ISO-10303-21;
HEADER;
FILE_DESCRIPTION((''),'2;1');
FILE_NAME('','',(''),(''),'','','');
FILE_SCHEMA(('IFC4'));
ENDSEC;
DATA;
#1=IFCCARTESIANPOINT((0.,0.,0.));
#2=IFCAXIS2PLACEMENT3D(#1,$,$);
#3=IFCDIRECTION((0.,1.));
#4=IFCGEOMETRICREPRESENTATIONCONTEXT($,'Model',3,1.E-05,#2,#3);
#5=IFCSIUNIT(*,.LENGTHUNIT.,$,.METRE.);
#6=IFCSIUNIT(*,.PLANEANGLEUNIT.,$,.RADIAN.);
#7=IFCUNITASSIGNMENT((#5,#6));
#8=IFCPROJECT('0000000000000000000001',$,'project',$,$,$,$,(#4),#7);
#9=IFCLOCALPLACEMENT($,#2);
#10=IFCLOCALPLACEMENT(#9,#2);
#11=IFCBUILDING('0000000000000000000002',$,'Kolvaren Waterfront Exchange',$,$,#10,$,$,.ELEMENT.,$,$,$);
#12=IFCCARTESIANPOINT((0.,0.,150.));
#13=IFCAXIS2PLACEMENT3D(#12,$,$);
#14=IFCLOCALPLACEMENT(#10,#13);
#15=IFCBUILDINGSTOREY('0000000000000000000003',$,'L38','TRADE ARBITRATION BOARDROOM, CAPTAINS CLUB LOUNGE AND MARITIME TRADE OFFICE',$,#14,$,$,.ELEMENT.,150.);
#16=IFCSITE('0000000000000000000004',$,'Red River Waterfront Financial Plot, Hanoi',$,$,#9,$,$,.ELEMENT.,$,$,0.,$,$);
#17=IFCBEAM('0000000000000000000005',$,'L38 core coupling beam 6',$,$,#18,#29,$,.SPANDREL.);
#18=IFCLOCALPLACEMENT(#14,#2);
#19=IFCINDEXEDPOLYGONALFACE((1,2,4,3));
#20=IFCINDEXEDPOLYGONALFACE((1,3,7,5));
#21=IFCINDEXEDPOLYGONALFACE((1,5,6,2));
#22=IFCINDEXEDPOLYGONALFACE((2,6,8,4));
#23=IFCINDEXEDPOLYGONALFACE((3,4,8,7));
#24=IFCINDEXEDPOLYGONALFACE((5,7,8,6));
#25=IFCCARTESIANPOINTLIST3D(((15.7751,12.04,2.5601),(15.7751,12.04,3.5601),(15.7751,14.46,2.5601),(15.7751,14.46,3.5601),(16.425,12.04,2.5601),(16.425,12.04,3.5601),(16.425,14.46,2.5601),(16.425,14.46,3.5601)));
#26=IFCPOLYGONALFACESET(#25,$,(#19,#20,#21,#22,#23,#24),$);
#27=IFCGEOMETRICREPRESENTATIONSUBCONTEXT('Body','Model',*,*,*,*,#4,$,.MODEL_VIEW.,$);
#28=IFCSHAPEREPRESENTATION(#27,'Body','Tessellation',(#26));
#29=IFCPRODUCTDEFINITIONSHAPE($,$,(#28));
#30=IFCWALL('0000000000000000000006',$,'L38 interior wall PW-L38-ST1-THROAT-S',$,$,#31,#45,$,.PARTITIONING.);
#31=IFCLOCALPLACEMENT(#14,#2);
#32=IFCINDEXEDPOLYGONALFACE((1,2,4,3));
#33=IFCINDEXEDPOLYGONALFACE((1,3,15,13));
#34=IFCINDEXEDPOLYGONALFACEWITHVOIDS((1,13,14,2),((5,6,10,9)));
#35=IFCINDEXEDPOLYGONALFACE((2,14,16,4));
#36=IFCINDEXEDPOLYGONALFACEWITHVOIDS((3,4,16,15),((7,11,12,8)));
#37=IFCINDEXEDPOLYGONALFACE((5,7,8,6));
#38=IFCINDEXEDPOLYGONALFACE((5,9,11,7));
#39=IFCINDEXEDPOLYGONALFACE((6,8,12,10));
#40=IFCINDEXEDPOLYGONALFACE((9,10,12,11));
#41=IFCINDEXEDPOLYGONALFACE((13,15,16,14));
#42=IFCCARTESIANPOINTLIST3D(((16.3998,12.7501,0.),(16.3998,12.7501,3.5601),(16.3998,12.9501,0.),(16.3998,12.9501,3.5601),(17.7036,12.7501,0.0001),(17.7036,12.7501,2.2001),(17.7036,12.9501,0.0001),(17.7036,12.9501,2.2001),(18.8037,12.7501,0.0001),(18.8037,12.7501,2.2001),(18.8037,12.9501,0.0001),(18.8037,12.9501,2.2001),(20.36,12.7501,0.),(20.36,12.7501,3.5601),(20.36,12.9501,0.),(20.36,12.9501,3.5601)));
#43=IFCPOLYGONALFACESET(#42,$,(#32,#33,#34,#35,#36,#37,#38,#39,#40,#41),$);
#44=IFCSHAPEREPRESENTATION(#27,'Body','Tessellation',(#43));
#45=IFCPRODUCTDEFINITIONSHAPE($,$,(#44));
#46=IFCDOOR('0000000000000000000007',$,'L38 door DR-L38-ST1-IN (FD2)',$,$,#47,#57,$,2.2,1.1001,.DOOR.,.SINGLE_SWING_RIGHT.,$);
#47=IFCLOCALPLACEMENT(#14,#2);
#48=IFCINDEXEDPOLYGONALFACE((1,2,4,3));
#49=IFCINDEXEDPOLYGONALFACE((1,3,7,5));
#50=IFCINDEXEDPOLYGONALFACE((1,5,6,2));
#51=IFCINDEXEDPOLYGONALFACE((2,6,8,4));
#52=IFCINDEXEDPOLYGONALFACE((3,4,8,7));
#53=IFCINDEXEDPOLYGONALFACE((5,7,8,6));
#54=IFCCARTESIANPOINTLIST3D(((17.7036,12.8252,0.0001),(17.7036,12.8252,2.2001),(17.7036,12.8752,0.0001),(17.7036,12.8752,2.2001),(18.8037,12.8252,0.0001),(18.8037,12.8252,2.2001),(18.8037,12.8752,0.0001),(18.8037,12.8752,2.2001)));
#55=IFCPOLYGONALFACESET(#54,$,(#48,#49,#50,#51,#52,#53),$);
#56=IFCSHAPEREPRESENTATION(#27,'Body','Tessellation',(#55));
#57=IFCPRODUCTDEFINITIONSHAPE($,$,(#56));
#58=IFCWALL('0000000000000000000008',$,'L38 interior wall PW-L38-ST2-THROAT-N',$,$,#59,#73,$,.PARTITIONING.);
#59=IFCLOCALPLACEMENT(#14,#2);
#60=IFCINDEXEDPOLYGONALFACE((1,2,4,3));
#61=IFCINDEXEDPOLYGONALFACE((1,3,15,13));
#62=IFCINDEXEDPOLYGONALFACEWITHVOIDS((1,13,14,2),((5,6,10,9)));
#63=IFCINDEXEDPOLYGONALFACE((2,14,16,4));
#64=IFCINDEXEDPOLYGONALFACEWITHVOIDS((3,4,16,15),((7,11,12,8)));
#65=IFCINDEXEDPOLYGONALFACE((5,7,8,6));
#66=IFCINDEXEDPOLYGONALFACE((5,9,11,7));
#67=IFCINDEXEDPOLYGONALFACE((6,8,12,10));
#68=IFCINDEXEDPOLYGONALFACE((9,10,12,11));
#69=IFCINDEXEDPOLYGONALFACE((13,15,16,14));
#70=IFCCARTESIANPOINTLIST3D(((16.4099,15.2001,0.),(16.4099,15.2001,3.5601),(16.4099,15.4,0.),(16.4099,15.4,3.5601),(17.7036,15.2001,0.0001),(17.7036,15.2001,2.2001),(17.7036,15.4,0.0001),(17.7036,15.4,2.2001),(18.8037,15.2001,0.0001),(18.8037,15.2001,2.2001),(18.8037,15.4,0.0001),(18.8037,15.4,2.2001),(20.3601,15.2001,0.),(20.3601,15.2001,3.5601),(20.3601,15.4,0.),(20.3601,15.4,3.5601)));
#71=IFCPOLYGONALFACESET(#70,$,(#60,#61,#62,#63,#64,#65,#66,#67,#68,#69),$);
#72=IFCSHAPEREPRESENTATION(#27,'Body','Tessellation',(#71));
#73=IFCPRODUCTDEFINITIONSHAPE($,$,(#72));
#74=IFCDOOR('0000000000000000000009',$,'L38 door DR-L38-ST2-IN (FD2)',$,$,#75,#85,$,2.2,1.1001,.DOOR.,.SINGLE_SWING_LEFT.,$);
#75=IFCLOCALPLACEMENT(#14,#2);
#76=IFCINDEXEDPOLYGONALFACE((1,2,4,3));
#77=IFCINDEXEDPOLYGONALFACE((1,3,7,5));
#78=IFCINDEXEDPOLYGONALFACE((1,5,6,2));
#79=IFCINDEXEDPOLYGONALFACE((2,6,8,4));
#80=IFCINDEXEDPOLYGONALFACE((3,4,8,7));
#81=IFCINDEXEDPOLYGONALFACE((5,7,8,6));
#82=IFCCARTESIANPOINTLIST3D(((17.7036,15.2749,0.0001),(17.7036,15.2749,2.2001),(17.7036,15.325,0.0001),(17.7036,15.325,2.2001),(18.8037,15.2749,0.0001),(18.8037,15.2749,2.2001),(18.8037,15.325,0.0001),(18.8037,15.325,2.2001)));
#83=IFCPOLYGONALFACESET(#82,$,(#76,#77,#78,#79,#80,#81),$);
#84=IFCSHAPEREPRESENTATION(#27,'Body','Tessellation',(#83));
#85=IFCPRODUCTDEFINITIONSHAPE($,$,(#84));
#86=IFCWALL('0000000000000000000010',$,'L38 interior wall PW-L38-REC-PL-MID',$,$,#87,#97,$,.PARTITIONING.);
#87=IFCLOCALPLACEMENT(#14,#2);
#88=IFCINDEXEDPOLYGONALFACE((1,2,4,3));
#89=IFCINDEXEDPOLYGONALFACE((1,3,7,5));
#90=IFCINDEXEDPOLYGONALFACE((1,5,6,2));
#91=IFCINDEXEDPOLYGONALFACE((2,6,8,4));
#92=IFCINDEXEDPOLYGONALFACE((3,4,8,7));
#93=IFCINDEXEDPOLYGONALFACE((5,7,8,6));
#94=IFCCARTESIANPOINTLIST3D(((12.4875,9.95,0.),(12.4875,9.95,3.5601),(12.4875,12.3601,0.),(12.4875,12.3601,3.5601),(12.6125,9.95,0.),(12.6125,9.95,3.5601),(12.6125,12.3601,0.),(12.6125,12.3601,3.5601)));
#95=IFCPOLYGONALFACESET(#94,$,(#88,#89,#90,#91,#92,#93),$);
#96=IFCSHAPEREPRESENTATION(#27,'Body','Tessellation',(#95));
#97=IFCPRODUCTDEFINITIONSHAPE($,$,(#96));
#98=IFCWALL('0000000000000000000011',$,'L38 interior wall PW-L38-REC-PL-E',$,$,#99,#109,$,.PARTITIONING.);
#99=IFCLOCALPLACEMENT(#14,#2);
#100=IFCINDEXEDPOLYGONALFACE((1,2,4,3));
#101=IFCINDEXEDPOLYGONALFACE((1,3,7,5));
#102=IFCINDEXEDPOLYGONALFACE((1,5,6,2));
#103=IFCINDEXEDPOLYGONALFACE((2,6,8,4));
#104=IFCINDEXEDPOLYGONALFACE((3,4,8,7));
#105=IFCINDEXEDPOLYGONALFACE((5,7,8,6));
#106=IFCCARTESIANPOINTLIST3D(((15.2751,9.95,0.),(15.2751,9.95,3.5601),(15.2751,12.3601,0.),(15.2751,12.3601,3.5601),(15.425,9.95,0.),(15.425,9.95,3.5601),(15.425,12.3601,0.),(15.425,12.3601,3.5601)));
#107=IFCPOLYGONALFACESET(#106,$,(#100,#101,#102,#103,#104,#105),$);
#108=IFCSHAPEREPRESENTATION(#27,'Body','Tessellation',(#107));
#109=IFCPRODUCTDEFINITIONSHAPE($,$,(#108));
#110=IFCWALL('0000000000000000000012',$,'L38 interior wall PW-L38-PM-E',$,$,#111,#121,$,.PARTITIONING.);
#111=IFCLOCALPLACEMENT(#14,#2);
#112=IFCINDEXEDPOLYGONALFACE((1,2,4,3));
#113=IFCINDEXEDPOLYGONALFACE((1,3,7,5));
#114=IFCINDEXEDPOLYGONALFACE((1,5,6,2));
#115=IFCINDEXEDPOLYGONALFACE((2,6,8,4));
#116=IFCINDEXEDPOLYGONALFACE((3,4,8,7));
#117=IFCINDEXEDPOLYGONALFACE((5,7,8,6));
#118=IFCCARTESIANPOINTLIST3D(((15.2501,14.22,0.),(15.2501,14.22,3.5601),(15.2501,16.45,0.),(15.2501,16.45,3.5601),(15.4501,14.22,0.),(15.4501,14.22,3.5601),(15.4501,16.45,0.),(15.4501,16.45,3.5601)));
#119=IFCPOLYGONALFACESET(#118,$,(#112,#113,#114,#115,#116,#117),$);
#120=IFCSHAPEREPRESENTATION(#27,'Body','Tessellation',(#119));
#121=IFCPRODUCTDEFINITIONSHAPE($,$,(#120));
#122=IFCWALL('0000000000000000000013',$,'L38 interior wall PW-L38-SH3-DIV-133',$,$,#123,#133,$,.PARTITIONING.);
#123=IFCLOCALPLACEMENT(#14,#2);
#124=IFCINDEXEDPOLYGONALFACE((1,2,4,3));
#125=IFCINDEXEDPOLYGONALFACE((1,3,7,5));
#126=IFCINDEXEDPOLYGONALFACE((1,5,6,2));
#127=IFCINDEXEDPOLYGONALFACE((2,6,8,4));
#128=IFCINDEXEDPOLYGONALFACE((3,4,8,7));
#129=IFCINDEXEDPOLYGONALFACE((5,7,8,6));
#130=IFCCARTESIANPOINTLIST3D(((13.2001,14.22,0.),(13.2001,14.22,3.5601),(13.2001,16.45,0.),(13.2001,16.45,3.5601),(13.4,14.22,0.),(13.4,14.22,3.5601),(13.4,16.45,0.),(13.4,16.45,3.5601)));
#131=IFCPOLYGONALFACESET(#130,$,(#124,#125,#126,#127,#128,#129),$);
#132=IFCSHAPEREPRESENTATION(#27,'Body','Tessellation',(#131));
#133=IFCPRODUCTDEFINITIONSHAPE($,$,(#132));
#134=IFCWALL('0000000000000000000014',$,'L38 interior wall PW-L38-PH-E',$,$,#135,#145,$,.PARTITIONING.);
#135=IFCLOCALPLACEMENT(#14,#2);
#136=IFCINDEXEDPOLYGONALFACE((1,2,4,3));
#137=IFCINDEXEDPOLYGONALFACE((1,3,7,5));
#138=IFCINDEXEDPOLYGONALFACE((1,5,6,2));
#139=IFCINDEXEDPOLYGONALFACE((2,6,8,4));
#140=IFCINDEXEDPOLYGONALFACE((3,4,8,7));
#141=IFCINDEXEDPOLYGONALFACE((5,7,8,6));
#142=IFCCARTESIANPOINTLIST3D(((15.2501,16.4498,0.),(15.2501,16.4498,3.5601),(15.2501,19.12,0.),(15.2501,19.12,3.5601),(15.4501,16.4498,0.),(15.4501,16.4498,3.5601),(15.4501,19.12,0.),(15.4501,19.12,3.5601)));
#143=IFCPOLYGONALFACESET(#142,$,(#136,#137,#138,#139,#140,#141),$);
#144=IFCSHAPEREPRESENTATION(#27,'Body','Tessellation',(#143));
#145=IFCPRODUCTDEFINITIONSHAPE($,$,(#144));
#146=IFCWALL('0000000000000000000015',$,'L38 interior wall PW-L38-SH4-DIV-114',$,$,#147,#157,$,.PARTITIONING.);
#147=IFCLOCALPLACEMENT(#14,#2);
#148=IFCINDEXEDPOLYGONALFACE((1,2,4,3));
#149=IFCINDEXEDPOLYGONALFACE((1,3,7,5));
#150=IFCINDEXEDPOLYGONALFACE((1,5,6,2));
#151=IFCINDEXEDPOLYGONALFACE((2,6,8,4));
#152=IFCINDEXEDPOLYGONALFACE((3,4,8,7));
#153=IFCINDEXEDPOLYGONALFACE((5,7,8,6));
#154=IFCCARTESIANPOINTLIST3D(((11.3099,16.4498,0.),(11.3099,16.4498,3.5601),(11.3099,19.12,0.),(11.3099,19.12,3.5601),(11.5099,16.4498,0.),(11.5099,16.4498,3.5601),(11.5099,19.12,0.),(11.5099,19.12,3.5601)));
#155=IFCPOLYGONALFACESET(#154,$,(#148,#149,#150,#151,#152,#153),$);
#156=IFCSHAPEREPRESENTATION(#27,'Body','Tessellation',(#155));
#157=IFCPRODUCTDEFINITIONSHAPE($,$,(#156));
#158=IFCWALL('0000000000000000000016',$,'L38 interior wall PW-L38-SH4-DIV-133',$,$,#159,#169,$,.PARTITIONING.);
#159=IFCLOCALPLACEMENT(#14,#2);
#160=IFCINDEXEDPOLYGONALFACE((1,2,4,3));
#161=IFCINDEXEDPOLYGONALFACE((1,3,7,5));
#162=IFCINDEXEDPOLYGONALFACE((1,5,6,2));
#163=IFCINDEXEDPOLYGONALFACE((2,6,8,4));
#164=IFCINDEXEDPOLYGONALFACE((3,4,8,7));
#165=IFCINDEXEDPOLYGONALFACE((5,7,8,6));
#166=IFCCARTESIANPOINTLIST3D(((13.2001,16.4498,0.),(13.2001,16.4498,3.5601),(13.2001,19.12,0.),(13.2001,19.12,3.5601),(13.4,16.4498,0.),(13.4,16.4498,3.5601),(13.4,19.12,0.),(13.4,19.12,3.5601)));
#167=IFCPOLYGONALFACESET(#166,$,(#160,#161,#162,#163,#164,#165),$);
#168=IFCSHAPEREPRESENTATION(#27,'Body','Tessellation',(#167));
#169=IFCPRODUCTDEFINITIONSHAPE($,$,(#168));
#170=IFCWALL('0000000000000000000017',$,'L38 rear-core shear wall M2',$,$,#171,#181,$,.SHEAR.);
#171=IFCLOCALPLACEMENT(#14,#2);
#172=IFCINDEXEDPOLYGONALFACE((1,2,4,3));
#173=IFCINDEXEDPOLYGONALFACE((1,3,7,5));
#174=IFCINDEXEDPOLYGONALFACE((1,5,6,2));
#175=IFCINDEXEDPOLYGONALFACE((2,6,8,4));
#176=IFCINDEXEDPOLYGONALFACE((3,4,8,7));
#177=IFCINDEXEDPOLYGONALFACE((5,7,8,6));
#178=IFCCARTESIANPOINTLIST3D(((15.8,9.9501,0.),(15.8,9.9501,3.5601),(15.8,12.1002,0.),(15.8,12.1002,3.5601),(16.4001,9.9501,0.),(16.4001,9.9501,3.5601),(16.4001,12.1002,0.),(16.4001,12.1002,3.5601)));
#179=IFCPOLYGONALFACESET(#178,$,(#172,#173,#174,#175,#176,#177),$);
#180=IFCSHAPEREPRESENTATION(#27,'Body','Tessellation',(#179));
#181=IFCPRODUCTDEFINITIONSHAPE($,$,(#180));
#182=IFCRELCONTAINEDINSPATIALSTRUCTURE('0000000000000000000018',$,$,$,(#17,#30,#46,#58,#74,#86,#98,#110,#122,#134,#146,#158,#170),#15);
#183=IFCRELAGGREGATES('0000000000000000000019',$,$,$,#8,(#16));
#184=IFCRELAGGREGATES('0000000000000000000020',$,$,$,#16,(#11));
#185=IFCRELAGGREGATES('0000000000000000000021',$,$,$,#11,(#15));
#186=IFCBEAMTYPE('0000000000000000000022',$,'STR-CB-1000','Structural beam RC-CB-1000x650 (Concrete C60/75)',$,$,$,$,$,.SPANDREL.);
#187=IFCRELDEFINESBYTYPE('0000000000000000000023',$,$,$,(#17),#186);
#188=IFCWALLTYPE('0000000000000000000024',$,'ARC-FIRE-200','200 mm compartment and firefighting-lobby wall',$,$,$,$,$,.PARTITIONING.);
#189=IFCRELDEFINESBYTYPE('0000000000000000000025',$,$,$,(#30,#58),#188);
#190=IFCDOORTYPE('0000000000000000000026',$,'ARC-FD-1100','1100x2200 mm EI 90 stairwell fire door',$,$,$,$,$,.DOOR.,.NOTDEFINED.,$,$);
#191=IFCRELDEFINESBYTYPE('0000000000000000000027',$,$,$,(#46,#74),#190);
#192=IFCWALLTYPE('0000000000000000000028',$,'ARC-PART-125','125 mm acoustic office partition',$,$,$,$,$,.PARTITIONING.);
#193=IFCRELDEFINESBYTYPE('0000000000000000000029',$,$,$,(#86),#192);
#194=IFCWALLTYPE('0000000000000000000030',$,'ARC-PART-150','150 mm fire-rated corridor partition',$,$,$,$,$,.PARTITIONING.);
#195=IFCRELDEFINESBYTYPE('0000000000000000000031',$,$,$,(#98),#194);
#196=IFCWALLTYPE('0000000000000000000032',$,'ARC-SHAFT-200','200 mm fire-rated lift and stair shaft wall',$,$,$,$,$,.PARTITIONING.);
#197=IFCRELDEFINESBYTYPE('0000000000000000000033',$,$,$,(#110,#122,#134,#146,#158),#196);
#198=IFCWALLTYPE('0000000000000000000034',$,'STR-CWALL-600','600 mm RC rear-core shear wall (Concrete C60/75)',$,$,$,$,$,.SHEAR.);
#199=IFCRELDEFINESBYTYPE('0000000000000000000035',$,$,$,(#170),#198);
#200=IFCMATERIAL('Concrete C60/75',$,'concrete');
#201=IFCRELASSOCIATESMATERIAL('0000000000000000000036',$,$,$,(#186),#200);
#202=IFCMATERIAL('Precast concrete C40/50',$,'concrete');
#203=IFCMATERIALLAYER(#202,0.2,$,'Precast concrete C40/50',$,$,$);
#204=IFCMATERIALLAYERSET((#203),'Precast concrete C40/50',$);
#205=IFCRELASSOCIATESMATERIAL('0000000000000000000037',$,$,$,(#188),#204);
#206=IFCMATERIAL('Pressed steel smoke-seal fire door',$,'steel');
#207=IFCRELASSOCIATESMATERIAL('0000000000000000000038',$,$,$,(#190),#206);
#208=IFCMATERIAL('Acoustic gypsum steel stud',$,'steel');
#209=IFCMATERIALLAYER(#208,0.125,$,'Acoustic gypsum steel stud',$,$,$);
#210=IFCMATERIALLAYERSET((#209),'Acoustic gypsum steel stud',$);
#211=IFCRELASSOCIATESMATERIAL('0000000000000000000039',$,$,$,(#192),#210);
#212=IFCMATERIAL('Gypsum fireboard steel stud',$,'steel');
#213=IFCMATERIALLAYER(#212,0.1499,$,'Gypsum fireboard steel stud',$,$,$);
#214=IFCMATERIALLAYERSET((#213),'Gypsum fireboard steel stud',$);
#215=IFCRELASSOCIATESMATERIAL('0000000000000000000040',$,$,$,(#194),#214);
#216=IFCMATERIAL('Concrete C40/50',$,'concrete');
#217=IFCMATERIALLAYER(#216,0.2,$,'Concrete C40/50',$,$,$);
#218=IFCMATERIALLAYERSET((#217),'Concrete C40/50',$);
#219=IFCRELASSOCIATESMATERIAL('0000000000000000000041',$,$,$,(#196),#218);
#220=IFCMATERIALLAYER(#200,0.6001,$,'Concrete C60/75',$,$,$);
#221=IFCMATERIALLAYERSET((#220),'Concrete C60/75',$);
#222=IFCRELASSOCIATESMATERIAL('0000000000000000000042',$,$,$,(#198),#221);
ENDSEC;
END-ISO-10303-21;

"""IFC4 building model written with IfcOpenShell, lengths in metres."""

from ifc_helpers import new_model, si_unit, direction, frame, frame_2d, origin, origin_2d, place, context, subcontext, project, spatial, rectangle, extrude, material, layer, layer_set, material_profile, profile_set, type_object, element, fill, save


model = new_model("IFC4")

# Units and contexts
model_context = context("Model", 3, precision=1e-05, world=origin(), true_north=direction((0.0, 1.0)))
body_context = subcontext(model_context, "Body", "Model", "MODEL_VIEW")
ifc_project = project(units=[si_unit("LENGTHUNIT", "METRE"), si_unit("PLANEANGLEUNIT", "RADIAN")], contexts=[model_context])

# Site, building, storey
site_placement = place(None, origin())
site = spatial("IfcSite", under=ifc_project, at=site_placement, Name="Red River Waterfront Financial Plot, Hanoi", CompositionType="ELEMENT", RefElevation=0.0)
building_placement = place(site_placement, origin())
building = spatial("IfcBuilding", under=site, at=building_placement, Name="Kolvaren Waterfront Exchange", CompositionType="ELEMENT")
storey_placement = place(building_placement, frame((0.0, 0.0, 150.0)))
storey = spatial("IfcBuildingStorey", under=building, at=storey_placement, Name="L38", Description="TRADE ARBITRATION BOARDROOM, CAPTAINS CLUB LOUNGE AND MARITIME TRADE OFFICE", CompositionType="ELEMENT", Elevation=150.0)

# Beam
ifc_material_1 = material(Name="Concrete C60/75", Category="concrete")
ifc_material_profile = material_profile(ifc_material_1, rectangle(XDim=0.6499, YDim=1.0, at=origin_2d()), Name="RC-CB-1000x650")
ifc_profile_set = profile_set([ifc_material_profile], Name="Concrete C60/75")
beam_type = type_object("IfcBeamType", Name="STR-CB-1000", Description="Structural beam RC-CB-1000x650 (Concrete C60/75)", PredefinedType="SPANDREL", material=ifc_profile_set)
beam_placement = place(storey_placement, frame((16.1001, 12.04, 3.0601), z_axis=(0.0, 1.0, 0.0), x_axis=(-1.0, 0.0, 0.0)))
element("IfcBeam", 1, at=beam_placement, inside=storey, type_object=beam_type, Name="L38 core coupling beam 6", PredefinedType="SPANDREL", context=body_context, shape_type="SweptSolid", body=[
    extrude(rectangle(XDim=0.6499, YDim=1.0, at=origin_2d()), origin(), (0.0, 0.0, 1.0), 2.4199),
])

# Walls, openings, doors
ifc_material_2 = material(Name="Precast concrete C40/50", Category="concrete")
ifc_layer_1 = layer(ifc_material_2, 0.2, Name="Precast concrete C40/50")
ifc_layer_set_1 = layer_set([ifc_layer_1], Name="Precast concrete C40/50")
wall_type_1 = type_object("IfcWallType", Name="ARC-FIRE-200", Description="200 mm compartment and firefighting-lobby wall", PredefinedType="PARTITIONING", material=ifc_layer_set_1)
wall_1_placement = place(storey_placement, frame((16.3999, 12.8501, 0.0), z_axis=(0.0, 0.0, 1.0), x_axis=(1.0, 0.0, 0.0)))
wall_1 = element("IfcWall", 2, at=wall_1_placement, inside=storey, type_object=wall_type_1, Name="L38 interior wall PW-L38-ST1-THROAT-S", PredefinedType="PARTITIONING", context=body_context, shape_type="SweptSolid", body=[
    extrude(rectangle(XDim=3.9602, YDim=0.2, at=frame_2d((1.98, 0.0))), origin(), (0.0, 0.0, 1.0), 3.5601),
])
opening_1_placement = place(wall_1_placement, frame((1.3037, 0.0, 0.0)))
opening_1 = element("IfcOpeningElement", 3, at=opening_1_placement, cuts=wall_1, PredefinedType="OPENING", context=body_context, shape_type="SweptSolid", body=[
    extrude(rectangle(XDim=1.1001, YDim=2.2, at=frame_2d((0.55, 1.1001))), frame((0.0, 0.1099, 0.0), z_axis=(0.0, -1.0, 0.0), x_axis=(1.0, 0.0, 0.0)), (0.0, 0.0, 1.0), 0.22),
])
ifc_material_3 = material(Name="Pressed steel smoke-seal fire door", Category="steel")
door_type = type_object("IfcDoorType", Name="ARC-FD-1100", Description="1100x2200 mm EI 90 stairwell fire door", OperationType="NOTDEFINED", PredefinedType="DOOR", material=ifc_material_3)
door_1_placement = place(opening_1_placement, frame((1.1001, 0.0, 0.0), z_axis=(0.0, 0.0, 1.0), x_axis=(-1.0, 0.0, 0.0)))
door_1 = element("IfcDoor", 4, at=door_1_placement, inside=storey, type_object=door_type, Name="L38 door DR-L38-ST1-IN (FD2)", OperationType="SINGLE_SWING_RIGHT", OverallHeight=2.2, OverallWidth=1.1001, PredefinedType="DOOR", context=body_context, shape_type="SweptSolid", body=[
    extrude(rectangle(XDim=1.1001, YDim=2.2, at=frame_2d((0.55, 1.1001))), frame((0.0, 0.0249, 0.0), z_axis=(0.0, -1.0, 0.0), x_axis=(1.0, 0.0, 0.0)), (0.0, 0.0, 1.0), 0.05),
])
fill(opening_1, door_1)
wall_2_placement = place(storey_placement, frame((16.4099, 15.3, 0.0), z_axis=(0.0, 0.0, 1.0), x_axis=(1.0, 0.0, 0.0)))
wall_2 = element("IfcWall", 5, at=wall_2_placement, inside=storey, type_object=wall_type_1, Name="L38 interior wall PW-L38-ST2-THROAT-N", PredefinedType="PARTITIONING", context=body_context, shape_type="SweptSolid", body=[
    extrude(rectangle(XDim=3.9502, YDim=0.2, at=frame_2d((1.9751, 0.0))), origin(), (0.0, 0.0, 1.0), 3.5601),
])
opening_2_placement = place(wall_2_placement, frame((1.2937, 0.0, 0.0)))
opening_2 = element("IfcOpeningElement", 6, at=opening_2_placement, cuts=wall_2, PredefinedType="OPENING", context=body_context, shape_type="SweptSolid", body=[
    extrude(rectangle(XDim=1.1001, YDim=2.2, at=frame_2d((0.55, 1.1001))), frame((0.0, 0.1099, 0.0), z_axis=(0.0, -1.0, 0.0), x_axis=(1.0, 0.0, 0.0)), (0.0, 0.0, 1.0), 0.22),
])
door_2_placement = place(opening_2_placement, origin())
door_2 = element("IfcDoor", 7, at=door_2_placement, inside=storey, type_object=door_type, Name="L38 door DR-L38-ST2-IN (FD2)", OperationType="SINGLE_SWING_LEFT", OverallHeight=2.2, OverallWidth=1.1001, PredefinedType="DOOR", context=body_context, shape_type="SweptSolid", body=[
    extrude(rectangle(XDim=1.1001, YDim=2.2, at=frame_2d((0.55, 1.1001))), frame((0.0, 0.0249, 0.0), z_axis=(0.0, -1.0, 0.0), x_axis=(1.0, 0.0, 0.0)), (0.0, 0.0, 1.0), 0.05),
])
fill(opening_2, door_2)

# Walls
ifc_material_4 = material(Name="Acoustic gypsum steel stud", Category="steel")
ifc_layer_2 = layer(ifc_material_4, 0.125, Name="Acoustic gypsum steel stud")
ifc_layer_set_2 = layer_set([ifc_layer_2], Name="Acoustic gypsum steel stud")
wall_type_2 = type_object("IfcWallType", Name="ARC-PART-125", Description="125 mm acoustic office partition", PredefinedType="PARTITIONING", material=ifc_layer_set_2)
wall_3_placement = place(storey_placement, frame((12.55, 9.95, 0.0), z_axis=(0.0, 0.0, 1.0), x_axis=(0.0, 1.0, 0.0)))
element("IfcWall", 8, at=wall_3_placement, inside=storey, type_object=wall_type_2, Name="L38 interior wall PW-L38-REC-PL-MID", PredefinedType="PARTITIONING", context=body_context, shape_type="SweptSolid", body=[
    extrude(rectangle(XDim=2.4102, YDim=0.125, at=frame_2d((1.2051, 0.0))), origin(), (0.0, 0.0, 1.0), 3.5601),
])
ifc_material_5 = material(Name="Gypsum fireboard steel stud", Category="steel")
ifc_layer_3 = layer(ifc_material_5, 0.1499, Name="Gypsum fireboard steel stud")
ifc_layer_set_3 = layer_set([ifc_layer_3], Name="Gypsum fireboard steel stud")
wall_type_3 = type_object("IfcWallType", Name="ARC-PART-150", Description="150 mm fire-rated corridor partition", PredefinedType="PARTITIONING", material=ifc_layer_set_3)
wall_4_placement = place(storey_placement, frame((15.3501, 9.95, 0.0), z_axis=(0.0, 0.0, 1.0), x_axis=(0.0, 1.0, 0.0)))
element("IfcWall", 9, at=wall_4_placement, inside=storey, type_object=wall_type_3, Name="L38 interior wall PW-L38-REC-PL-E", PredefinedType="PARTITIONING", context=body_context, shape_type="SweptSolid", body=[
    extrude(rectangle(XDim=2.4102, YDim=0.1499, at=frame_2d((1.2051, 0.0))), origin(), (0.0, 0.0, 1.0), 3.5601),
])
ifc_material_6 = material(Name="Concrete C40/50", Category="concrete")
ifc_layer_4 = layer(ifc_material_6, 0.2, Name="Concrete C40/50")
ifc_layer_set_4 = layer_set([ifc_layer_4], Name="Concrete C40/50")
wall_type_4 = type_object("IfcWallType", Name="ARC-SHAFT-200", Description="200 mm fire-rated lift and stair shaft wall", PredefinedType="PARTITIONING", material=ifc_layer_set_4)
for number, where, z_axis, x_axis, name in (
    (10, (15.3501, 14.22, 0.0), (0.0, 0.0, 1.0), (0.0, 1.0, 0.0), "L38 interior wall PW-L38-PM-E"),
    (11, (13.3, 14.22, 0.0), (0.0, 0.0, 1.0), (0.0, 1.0, 0.0), "L38 interior wall PW-L38-SH3-DIV-133"),
):
    element("IfcWall", number, at=place(storey_placement, frame(where, z_axis=z_axis, x_axis=x_axis)), inside=storey, type_object=wall_type_4, Name=name, PredefinedType="PARTITIONING", context=body_context, shape_type="SweptSolid", body=[
        extrude(rectangle(XDim=2.23, YDim=0.2, at=frame_2d((1.115, 0.0))), origin(), (0.0, 0.0, 1.0), 3.5601),
    ])
for number, where, z_axis, x_axis, name in (
    (12, (15.3501, 16.45, 0.0), (0.0, 0.0, 1.0), (0.0, 1.0, 0.0), "L38 interior wall PW-L38-PH-E"),
    (13, (11.4099, 16.45, 0.0), (0.0, 0.0, 1.0), (0.0, 1.0, 0.0), "L38 interior wall PW-L38-SH4-DIV-114"),
    (14, (13.3, 16.45, 0.0), (0.0, 0.0, 1.0), (0.0, 1.0, 0.0), "L38 interior wall PW-L38-SH4-DIV-133"),
):
    element("IfcWall", number, at=place(storey_placement, frame(where, z_axis=z_axis, x_axis=x_axis)), inside=storey, type_object=wall_type_4, Name=name, PredefinedType="PARTITIONING", context=body_context, shape_type="SweptSolid", body=[
        extrude(rectangle(XDim=2.6702, YDim=0.2, at=frame_2d((1.335, 0.0))), origin(), (0.0, 0.0, 1.0), 3.5601),
    ])
ifc_layer_5 = layer(ifc_material_1, 0.6001, Name="Concrete C60/75")
ifc_layer_set_5 = layer_set([ifc_layer_5], Name="Concrete C60/75")
wall_type_5 = type_object("IfcWallType", Name="STR-CWALL-600", Description="600 mm RC rear-core shear wall (Concrete C60/75)", PredefinedType="SHEAR", material=ifc_layer_set_5)
wall_5_placement = place(storey_placement, frame((16.1001, 9.95, 0.0), z_axis=(0.0, 0.0, 1.0), x_axis=(0.0, 1.0, 0.0)))
element("IfcWall", 15, at=wall_5_placement, inside=storey, type_object=wall_type_5, Name="L38 rear-core shear wall M2", PredefinedType="SHEAR", context=body_context, shape_type="SweptSolid", body=[
    extrude(rectangle(XDim=2.1501, YDim=0.6001, at=frame_2d((1.0752, 0.0))), origin(), (0.0, 0.0, 1.0), 3.5601),
])

save(model, "model.ifc")
